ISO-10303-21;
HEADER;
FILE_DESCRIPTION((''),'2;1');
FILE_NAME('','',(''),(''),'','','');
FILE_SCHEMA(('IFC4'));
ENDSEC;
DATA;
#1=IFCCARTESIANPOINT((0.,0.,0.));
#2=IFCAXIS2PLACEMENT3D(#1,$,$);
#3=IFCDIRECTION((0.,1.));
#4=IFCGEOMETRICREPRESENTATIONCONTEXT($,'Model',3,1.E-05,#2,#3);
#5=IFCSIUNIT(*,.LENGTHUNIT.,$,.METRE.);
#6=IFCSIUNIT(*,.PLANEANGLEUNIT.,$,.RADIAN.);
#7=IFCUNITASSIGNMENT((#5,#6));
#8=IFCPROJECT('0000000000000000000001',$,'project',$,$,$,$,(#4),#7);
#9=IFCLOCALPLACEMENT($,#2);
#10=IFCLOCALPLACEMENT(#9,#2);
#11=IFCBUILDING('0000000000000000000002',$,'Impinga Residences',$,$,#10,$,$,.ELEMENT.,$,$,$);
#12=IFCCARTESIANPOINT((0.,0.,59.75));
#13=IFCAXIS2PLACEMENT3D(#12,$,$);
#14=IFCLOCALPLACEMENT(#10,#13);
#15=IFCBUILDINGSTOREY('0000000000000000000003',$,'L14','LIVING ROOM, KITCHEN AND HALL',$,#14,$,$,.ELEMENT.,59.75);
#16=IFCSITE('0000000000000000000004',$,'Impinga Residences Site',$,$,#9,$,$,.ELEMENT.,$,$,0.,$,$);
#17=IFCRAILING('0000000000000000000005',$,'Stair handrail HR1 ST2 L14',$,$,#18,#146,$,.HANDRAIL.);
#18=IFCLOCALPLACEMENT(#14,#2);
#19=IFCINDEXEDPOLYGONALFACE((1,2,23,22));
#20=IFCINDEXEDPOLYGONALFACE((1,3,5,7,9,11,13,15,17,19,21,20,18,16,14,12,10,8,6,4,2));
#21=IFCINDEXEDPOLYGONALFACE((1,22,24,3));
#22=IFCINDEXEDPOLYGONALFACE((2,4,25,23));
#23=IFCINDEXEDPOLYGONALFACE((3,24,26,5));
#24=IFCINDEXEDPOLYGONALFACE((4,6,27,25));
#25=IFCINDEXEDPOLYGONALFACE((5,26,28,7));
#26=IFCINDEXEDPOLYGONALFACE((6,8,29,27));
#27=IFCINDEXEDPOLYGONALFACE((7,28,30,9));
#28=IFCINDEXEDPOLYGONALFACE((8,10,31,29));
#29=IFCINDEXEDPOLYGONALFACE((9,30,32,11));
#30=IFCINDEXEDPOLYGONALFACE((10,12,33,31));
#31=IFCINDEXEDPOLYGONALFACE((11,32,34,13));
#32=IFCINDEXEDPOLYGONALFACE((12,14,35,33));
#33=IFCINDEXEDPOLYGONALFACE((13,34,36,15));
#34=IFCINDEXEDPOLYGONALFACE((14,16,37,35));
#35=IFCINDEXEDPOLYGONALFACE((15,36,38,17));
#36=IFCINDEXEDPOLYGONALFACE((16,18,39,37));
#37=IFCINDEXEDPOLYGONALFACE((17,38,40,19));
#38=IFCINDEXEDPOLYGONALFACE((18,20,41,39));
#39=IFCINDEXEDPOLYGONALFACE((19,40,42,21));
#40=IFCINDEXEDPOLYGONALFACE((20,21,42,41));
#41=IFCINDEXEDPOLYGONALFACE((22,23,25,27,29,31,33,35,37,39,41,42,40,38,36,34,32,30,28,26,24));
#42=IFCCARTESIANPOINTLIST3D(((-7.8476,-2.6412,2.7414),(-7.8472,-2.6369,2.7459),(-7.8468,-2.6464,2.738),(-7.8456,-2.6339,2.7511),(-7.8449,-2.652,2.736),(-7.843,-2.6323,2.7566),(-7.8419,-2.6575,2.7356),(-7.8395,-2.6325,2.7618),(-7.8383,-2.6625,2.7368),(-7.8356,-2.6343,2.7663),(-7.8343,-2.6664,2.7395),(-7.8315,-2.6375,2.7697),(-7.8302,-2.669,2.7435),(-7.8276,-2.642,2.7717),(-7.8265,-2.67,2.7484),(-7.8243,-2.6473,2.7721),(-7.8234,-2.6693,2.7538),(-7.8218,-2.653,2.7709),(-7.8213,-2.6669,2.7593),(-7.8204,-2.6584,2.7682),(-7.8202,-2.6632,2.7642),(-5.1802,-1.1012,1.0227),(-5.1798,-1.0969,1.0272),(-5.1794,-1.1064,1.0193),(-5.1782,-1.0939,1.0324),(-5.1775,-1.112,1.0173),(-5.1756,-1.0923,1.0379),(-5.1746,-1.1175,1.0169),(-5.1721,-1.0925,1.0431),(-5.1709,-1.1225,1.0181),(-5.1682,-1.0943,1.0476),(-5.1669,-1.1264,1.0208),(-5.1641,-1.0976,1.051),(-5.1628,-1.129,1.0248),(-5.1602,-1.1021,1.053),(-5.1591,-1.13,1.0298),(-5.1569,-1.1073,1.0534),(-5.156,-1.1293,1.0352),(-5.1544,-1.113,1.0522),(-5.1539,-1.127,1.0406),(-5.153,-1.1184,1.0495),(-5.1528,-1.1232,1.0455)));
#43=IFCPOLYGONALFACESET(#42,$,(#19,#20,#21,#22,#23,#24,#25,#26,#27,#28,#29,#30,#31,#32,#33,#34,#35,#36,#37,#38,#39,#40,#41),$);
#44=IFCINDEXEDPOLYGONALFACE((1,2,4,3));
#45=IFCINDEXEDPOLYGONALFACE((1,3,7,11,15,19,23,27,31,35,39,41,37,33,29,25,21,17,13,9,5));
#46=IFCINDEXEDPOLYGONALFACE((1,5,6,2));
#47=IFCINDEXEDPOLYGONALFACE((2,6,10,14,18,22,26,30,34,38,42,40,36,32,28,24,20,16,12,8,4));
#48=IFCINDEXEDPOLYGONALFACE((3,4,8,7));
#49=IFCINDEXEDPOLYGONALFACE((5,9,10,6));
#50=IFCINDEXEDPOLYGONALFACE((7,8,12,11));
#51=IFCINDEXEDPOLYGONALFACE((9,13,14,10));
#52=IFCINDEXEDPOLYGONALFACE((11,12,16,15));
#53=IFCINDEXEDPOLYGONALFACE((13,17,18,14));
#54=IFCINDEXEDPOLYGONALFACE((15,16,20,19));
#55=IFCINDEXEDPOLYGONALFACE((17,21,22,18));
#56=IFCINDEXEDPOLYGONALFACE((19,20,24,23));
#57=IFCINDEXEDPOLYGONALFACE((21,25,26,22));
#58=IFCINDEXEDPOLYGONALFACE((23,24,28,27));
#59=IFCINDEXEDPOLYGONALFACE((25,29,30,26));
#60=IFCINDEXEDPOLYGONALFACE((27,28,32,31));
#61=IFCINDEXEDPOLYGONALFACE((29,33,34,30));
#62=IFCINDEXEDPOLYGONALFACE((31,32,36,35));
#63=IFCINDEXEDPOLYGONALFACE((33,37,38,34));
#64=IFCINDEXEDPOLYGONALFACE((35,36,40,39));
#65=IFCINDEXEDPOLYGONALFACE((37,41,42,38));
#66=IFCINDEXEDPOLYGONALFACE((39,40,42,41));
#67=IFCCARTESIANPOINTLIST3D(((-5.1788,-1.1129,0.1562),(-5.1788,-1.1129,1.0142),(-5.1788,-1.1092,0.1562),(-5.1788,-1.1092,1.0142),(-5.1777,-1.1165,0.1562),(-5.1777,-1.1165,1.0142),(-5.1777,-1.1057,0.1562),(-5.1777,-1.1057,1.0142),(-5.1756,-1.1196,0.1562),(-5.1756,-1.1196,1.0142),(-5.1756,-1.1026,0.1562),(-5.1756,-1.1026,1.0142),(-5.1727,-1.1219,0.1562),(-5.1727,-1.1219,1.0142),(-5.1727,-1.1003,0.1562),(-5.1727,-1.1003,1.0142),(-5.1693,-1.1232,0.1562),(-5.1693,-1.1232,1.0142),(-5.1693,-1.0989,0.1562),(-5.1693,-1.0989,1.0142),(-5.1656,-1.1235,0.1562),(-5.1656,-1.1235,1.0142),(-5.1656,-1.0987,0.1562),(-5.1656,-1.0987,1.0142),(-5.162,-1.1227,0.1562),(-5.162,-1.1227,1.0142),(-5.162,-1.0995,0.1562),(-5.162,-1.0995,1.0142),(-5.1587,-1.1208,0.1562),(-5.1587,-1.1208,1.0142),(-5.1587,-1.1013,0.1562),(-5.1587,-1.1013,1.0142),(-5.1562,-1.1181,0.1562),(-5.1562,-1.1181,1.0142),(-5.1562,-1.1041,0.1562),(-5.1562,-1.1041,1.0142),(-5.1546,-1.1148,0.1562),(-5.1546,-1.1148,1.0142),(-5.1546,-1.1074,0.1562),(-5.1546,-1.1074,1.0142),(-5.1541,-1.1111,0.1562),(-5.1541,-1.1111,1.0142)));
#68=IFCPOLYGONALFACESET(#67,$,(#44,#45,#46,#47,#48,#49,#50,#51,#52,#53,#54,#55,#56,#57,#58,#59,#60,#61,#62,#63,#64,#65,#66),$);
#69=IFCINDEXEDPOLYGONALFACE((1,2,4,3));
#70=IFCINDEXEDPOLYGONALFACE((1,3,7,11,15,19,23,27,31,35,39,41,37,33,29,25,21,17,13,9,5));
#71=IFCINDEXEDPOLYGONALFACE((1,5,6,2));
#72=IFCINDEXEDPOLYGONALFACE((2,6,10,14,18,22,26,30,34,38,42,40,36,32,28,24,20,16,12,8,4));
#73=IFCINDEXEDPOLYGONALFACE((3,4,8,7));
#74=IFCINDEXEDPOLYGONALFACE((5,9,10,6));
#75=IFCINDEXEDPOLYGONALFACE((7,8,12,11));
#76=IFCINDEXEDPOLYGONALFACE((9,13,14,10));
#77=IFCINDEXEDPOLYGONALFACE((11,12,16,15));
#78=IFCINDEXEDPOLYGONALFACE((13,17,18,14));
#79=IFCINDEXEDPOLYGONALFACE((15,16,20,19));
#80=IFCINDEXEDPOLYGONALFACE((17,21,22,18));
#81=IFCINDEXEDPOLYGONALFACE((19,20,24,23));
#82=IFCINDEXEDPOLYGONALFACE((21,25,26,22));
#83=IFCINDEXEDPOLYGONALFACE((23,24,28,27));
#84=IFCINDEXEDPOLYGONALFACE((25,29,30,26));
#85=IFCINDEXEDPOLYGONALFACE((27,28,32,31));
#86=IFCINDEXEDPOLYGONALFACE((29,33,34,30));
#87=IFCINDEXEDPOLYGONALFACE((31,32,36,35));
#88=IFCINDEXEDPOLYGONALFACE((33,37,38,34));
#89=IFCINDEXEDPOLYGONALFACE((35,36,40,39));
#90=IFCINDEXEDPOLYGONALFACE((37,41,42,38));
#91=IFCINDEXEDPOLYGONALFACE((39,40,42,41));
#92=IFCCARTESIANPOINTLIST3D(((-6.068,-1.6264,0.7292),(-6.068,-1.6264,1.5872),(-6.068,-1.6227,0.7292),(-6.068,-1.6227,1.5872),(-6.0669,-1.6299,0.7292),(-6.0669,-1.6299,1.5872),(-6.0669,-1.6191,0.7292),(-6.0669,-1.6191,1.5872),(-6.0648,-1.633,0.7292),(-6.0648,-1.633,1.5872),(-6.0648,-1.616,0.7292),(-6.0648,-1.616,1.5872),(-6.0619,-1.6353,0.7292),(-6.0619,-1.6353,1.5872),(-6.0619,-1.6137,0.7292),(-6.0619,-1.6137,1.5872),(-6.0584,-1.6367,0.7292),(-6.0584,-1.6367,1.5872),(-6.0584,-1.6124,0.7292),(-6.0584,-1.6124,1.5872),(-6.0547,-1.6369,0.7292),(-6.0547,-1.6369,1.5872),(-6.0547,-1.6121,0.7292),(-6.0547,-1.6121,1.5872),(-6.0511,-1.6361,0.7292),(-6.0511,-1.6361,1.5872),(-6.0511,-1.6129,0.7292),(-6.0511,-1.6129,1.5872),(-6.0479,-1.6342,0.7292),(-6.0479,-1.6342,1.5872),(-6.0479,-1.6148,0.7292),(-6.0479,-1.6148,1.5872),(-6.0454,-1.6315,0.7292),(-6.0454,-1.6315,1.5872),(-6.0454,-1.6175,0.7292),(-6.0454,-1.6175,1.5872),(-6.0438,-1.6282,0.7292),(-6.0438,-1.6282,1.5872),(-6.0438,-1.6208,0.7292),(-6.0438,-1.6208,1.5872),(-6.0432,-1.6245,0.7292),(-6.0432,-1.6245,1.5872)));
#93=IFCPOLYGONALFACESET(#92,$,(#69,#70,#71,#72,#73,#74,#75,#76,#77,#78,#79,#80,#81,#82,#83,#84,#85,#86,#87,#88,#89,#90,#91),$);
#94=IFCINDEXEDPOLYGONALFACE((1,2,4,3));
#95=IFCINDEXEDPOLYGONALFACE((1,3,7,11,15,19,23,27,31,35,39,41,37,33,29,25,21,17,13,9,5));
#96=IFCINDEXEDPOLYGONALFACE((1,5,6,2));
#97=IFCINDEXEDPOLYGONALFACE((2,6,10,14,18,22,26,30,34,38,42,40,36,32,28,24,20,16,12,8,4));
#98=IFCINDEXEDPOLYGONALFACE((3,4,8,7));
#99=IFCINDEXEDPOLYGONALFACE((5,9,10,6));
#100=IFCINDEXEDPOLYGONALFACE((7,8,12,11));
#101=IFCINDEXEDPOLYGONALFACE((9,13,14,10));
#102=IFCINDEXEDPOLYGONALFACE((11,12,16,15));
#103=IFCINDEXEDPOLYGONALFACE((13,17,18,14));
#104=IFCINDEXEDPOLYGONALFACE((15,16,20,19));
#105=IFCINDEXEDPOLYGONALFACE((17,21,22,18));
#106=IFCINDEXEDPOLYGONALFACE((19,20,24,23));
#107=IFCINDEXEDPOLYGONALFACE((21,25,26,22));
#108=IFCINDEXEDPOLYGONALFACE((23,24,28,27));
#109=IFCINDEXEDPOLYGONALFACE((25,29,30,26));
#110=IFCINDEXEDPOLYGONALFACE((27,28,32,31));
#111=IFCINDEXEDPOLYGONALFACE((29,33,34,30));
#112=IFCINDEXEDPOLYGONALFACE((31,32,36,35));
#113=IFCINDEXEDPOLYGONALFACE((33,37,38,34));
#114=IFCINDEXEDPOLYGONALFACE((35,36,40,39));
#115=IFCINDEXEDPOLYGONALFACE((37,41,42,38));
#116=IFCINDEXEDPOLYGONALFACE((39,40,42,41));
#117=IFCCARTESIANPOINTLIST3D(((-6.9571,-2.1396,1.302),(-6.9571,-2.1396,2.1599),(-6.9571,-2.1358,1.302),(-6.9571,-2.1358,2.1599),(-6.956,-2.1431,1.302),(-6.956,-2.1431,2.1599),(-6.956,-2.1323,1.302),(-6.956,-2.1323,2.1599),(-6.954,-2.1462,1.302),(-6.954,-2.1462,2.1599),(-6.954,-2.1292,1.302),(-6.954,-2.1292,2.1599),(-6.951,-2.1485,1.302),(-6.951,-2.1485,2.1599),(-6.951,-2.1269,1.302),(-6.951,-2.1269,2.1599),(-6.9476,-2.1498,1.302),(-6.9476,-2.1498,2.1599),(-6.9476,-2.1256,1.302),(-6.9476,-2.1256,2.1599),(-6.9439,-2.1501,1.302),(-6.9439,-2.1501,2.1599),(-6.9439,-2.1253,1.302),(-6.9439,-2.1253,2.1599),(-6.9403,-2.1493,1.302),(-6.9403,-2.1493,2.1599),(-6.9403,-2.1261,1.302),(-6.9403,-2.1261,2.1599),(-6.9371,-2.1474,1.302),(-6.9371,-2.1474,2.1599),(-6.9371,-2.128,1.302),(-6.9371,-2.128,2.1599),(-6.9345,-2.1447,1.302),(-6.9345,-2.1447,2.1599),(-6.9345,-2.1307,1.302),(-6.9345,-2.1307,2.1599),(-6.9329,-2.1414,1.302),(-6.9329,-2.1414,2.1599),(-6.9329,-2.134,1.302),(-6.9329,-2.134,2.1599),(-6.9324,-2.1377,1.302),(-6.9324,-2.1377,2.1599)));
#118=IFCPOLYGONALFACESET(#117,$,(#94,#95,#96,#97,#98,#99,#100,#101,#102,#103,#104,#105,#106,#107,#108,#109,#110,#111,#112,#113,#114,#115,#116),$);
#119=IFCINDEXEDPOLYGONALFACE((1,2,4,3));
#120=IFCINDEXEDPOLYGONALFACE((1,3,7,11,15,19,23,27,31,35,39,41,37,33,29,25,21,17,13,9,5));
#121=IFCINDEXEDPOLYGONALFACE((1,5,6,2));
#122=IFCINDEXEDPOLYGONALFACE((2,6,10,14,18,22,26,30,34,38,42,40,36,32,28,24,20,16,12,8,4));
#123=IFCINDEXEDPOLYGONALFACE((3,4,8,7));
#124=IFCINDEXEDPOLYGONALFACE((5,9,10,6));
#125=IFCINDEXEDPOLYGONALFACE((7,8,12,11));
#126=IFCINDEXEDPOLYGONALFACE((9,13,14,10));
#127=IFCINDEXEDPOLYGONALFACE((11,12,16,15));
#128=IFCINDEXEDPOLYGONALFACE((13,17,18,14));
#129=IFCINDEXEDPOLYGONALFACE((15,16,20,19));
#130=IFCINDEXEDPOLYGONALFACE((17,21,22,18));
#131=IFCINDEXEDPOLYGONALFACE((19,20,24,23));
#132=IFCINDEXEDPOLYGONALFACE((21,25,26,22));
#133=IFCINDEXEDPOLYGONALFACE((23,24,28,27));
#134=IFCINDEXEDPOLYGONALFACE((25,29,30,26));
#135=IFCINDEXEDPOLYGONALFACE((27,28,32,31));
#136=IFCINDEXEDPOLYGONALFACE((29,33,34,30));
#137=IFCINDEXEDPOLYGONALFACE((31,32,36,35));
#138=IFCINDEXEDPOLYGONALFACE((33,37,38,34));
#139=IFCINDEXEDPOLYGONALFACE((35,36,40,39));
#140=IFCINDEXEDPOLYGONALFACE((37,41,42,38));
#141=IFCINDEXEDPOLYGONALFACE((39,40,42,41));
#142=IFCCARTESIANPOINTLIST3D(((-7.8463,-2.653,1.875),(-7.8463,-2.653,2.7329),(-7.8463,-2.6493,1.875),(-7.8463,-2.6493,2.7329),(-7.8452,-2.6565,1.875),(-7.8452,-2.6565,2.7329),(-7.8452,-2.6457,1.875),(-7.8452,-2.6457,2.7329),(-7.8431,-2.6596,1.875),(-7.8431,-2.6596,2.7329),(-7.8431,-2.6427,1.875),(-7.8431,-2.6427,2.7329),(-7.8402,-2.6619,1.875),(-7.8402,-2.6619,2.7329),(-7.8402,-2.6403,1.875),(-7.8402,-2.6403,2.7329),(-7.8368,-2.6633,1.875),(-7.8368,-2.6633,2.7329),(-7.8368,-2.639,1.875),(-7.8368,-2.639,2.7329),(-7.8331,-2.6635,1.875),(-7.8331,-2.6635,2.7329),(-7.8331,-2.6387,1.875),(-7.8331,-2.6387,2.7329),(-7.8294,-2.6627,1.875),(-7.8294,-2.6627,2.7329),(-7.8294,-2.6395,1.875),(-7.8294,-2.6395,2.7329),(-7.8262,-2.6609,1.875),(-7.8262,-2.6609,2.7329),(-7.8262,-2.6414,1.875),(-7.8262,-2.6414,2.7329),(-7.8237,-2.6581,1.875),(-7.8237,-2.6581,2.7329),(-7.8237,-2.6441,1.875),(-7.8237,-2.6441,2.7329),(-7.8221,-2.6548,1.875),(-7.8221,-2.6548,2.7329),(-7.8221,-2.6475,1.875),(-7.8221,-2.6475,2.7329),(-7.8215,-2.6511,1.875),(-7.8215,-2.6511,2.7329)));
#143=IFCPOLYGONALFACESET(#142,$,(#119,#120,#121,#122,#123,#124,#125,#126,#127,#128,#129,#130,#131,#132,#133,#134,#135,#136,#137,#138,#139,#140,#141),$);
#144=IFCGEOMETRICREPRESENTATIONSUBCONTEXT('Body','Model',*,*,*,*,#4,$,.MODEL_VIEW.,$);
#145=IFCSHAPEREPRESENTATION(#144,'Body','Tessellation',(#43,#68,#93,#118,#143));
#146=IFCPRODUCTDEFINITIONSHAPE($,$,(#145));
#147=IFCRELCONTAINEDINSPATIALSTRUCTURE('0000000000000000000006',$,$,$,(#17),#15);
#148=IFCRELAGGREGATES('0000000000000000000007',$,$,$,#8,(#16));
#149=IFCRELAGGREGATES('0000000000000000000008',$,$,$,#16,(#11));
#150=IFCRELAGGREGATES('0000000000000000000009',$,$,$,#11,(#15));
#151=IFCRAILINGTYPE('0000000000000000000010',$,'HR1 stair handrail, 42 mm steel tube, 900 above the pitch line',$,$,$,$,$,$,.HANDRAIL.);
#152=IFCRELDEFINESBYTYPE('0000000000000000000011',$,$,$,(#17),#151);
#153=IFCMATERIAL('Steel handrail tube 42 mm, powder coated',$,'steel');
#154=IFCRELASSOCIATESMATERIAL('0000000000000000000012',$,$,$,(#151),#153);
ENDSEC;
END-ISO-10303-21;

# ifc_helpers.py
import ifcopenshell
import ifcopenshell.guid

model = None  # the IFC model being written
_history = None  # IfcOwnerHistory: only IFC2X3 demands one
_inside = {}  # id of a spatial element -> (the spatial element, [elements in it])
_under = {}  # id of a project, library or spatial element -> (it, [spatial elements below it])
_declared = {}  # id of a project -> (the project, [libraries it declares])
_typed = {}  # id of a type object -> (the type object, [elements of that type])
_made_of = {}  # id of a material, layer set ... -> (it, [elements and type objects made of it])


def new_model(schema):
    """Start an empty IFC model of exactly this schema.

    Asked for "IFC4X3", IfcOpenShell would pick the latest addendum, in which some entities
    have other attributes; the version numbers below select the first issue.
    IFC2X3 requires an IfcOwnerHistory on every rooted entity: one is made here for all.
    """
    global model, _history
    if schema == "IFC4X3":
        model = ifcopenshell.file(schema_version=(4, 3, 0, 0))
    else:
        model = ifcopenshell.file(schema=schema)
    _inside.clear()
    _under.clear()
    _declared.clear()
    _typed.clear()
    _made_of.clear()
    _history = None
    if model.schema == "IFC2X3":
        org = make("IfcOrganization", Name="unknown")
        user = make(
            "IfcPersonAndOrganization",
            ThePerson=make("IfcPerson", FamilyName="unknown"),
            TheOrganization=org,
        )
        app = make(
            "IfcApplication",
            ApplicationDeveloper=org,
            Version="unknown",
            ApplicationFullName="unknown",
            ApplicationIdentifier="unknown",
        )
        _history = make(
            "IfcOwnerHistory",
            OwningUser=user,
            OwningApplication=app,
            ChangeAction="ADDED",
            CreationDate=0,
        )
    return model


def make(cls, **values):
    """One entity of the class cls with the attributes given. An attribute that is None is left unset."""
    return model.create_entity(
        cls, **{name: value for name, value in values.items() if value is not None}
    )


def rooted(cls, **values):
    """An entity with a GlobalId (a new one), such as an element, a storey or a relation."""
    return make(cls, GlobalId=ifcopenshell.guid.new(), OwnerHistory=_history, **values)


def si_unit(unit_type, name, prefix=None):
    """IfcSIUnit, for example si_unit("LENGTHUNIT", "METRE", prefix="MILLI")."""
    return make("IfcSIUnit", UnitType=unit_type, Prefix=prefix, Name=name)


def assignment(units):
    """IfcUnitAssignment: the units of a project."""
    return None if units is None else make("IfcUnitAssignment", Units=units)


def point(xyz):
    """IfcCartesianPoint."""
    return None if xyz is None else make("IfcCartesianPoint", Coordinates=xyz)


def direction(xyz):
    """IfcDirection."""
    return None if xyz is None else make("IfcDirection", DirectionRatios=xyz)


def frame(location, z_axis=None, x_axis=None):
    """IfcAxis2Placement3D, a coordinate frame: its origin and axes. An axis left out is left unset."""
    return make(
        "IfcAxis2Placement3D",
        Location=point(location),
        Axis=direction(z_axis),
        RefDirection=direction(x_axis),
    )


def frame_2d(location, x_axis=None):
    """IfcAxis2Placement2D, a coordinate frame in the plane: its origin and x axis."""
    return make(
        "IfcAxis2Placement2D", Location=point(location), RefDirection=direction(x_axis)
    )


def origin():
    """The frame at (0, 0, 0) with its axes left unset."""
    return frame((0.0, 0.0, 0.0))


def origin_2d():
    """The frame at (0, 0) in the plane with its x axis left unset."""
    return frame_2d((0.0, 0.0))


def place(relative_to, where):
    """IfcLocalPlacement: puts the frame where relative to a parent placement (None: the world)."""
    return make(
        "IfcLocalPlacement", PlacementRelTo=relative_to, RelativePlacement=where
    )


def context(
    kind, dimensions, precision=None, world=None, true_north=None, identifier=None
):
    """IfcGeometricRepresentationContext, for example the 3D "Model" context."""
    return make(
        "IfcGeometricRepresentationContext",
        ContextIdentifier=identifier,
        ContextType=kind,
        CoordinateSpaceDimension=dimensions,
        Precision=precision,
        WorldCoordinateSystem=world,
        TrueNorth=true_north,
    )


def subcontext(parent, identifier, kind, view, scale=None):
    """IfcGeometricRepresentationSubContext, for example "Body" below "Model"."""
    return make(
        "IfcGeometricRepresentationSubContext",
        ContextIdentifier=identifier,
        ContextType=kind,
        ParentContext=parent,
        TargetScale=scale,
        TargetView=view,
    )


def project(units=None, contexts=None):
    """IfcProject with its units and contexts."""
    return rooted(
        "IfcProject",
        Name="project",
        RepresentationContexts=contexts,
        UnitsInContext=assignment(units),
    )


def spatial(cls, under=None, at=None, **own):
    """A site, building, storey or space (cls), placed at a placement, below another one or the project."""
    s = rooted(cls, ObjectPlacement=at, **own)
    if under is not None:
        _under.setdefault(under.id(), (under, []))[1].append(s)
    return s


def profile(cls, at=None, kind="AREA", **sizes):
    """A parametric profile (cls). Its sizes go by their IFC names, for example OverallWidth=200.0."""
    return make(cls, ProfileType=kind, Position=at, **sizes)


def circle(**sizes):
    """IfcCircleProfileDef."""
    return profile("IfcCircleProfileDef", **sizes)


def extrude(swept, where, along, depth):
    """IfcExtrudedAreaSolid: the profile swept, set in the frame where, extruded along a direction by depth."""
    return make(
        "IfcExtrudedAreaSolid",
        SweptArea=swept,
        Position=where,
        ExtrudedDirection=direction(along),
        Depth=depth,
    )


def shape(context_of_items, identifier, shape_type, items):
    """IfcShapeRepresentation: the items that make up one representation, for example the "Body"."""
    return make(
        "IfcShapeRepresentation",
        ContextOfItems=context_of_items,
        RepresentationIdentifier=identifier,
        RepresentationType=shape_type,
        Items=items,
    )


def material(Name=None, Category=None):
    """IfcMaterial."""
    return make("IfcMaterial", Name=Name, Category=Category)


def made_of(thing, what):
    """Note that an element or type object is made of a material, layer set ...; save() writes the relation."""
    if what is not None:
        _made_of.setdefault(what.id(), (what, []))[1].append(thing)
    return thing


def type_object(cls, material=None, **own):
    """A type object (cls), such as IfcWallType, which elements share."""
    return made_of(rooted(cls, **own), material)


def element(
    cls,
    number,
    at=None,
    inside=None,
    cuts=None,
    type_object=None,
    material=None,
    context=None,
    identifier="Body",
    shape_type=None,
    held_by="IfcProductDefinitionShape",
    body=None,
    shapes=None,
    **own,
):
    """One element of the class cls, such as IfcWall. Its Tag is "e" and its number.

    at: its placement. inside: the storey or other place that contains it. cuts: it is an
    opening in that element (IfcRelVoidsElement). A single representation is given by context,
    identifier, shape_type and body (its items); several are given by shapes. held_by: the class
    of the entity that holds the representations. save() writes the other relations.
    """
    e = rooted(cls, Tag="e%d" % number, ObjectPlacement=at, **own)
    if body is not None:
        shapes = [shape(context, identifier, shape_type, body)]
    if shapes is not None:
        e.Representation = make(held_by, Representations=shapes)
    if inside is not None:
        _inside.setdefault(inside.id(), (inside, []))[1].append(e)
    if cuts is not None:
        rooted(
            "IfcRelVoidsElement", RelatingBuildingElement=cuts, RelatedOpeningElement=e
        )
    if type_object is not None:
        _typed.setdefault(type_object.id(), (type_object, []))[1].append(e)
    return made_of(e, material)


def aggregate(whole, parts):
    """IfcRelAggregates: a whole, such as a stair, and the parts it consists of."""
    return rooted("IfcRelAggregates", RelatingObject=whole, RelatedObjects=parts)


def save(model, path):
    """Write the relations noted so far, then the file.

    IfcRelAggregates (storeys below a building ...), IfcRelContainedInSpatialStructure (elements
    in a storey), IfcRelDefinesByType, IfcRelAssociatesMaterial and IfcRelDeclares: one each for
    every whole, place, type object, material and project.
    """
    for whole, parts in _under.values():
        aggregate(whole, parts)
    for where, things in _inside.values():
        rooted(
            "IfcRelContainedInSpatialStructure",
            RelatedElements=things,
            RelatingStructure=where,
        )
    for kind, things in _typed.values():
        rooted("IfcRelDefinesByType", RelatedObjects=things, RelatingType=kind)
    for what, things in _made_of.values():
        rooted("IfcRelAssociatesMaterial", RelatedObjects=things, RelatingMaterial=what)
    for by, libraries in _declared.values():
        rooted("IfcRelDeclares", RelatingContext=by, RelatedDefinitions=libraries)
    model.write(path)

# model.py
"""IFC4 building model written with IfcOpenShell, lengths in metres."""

from ifc_helpers import new_model, si_unit, direction, frame, origin, origin_2d, place, context, subcontext, project, spatial, circle, extrude, material, type_object, element, save


model = new_model("IFC4")

# Units and contexts
model_context = context("Model", 3, precision=1e-05, world=origin(), true_north=direction((0.0, 1.0)))
body_context = subcontext(model_context, "Body", "Model", "MODEL_VIEW")
ifc_project = project(units=[si_unit("LENGTHUNIT", "METRE"), si_unit("PLANEANGLEUNIT", "RADIAN")], contexts=[model_context])

# Site, building, storey
site_placement = place(None, origin())
site = spatial("IfcSite", under=ifc_project, at=site_placement, Name="Impinga Residences Site", CompositionType="ELEMENT", RefElevation=0.0)
building_placement = place(site_placement, origin())
building = spatial("IfcBuilding", under=site, at=building_placement, Name="Impinga Residences", CompositionType="ELEMENT")
storey_placement = place(building_placement, frame((0.0, 0.0, 59.75)))
storey = spatial("IfcBuildingStorey", under=building, at=storey_placement, Name="L14", Description="LIVING ROOM, KITCHEN AND HALL", CompositionType="ELEMENT", Elevation=59.75)

# Railing
ifc_material_1 = material(Name="Steel handrail tube 42 mm, powder coated", Category="steel")
railing_type = type_object("IfcRailingType", Name="HR1 stair handrail, 42 mm steel tube, 900 above the pitch line", PredefinedType="HANDRAIL", material=ifc_material_1)
railing_placement = place(storey_placement, frame((-5.1665, -1.1111, 0.1562)))
element("IfcRailing", 1, at=railing_placement, inside=storey, type_object=railing_type, Name="Stair handrail HR1 ST2 L14", PredefinedType="HANDRAIL", context=body_context, shape_type="SweptSolid", body=[
    extrude(circle(Radius=0.021, at=origin_2d()), frame((0.0, 0.0, 0.8789), z_axis=(-0.756256, -0.436616, 0.487282), x_axis=(0.499992, -0.86603, 0.0)), (0.0, 0.0, 1.0), 3.5271),
    extrude(circle(Radius=0.0125, at=origin_2d()), origin(), (0.0, 0.0, 1.0), 0.8579),
    extrude(circle(Radius=0.0125, at=origin_2d()), frame((-0.8892, -0.5134, 0.573)), (0.0, 0.0, 1.0), 0.8579),
    extrude(circle(Radius=0.0125, at=origin_2d()), frame((-1.7783, -1.0266, 1.1458)), (0.0, 0.0, 1.0), 0.8579),
    extrude(circle(Radius=0.0125, at=origin_2d()), frame((-2.6675, -1.54, 1.7188)), (0.0, 0.0, 1.0), 0.8579),
])

save(model, "model.ifc")
